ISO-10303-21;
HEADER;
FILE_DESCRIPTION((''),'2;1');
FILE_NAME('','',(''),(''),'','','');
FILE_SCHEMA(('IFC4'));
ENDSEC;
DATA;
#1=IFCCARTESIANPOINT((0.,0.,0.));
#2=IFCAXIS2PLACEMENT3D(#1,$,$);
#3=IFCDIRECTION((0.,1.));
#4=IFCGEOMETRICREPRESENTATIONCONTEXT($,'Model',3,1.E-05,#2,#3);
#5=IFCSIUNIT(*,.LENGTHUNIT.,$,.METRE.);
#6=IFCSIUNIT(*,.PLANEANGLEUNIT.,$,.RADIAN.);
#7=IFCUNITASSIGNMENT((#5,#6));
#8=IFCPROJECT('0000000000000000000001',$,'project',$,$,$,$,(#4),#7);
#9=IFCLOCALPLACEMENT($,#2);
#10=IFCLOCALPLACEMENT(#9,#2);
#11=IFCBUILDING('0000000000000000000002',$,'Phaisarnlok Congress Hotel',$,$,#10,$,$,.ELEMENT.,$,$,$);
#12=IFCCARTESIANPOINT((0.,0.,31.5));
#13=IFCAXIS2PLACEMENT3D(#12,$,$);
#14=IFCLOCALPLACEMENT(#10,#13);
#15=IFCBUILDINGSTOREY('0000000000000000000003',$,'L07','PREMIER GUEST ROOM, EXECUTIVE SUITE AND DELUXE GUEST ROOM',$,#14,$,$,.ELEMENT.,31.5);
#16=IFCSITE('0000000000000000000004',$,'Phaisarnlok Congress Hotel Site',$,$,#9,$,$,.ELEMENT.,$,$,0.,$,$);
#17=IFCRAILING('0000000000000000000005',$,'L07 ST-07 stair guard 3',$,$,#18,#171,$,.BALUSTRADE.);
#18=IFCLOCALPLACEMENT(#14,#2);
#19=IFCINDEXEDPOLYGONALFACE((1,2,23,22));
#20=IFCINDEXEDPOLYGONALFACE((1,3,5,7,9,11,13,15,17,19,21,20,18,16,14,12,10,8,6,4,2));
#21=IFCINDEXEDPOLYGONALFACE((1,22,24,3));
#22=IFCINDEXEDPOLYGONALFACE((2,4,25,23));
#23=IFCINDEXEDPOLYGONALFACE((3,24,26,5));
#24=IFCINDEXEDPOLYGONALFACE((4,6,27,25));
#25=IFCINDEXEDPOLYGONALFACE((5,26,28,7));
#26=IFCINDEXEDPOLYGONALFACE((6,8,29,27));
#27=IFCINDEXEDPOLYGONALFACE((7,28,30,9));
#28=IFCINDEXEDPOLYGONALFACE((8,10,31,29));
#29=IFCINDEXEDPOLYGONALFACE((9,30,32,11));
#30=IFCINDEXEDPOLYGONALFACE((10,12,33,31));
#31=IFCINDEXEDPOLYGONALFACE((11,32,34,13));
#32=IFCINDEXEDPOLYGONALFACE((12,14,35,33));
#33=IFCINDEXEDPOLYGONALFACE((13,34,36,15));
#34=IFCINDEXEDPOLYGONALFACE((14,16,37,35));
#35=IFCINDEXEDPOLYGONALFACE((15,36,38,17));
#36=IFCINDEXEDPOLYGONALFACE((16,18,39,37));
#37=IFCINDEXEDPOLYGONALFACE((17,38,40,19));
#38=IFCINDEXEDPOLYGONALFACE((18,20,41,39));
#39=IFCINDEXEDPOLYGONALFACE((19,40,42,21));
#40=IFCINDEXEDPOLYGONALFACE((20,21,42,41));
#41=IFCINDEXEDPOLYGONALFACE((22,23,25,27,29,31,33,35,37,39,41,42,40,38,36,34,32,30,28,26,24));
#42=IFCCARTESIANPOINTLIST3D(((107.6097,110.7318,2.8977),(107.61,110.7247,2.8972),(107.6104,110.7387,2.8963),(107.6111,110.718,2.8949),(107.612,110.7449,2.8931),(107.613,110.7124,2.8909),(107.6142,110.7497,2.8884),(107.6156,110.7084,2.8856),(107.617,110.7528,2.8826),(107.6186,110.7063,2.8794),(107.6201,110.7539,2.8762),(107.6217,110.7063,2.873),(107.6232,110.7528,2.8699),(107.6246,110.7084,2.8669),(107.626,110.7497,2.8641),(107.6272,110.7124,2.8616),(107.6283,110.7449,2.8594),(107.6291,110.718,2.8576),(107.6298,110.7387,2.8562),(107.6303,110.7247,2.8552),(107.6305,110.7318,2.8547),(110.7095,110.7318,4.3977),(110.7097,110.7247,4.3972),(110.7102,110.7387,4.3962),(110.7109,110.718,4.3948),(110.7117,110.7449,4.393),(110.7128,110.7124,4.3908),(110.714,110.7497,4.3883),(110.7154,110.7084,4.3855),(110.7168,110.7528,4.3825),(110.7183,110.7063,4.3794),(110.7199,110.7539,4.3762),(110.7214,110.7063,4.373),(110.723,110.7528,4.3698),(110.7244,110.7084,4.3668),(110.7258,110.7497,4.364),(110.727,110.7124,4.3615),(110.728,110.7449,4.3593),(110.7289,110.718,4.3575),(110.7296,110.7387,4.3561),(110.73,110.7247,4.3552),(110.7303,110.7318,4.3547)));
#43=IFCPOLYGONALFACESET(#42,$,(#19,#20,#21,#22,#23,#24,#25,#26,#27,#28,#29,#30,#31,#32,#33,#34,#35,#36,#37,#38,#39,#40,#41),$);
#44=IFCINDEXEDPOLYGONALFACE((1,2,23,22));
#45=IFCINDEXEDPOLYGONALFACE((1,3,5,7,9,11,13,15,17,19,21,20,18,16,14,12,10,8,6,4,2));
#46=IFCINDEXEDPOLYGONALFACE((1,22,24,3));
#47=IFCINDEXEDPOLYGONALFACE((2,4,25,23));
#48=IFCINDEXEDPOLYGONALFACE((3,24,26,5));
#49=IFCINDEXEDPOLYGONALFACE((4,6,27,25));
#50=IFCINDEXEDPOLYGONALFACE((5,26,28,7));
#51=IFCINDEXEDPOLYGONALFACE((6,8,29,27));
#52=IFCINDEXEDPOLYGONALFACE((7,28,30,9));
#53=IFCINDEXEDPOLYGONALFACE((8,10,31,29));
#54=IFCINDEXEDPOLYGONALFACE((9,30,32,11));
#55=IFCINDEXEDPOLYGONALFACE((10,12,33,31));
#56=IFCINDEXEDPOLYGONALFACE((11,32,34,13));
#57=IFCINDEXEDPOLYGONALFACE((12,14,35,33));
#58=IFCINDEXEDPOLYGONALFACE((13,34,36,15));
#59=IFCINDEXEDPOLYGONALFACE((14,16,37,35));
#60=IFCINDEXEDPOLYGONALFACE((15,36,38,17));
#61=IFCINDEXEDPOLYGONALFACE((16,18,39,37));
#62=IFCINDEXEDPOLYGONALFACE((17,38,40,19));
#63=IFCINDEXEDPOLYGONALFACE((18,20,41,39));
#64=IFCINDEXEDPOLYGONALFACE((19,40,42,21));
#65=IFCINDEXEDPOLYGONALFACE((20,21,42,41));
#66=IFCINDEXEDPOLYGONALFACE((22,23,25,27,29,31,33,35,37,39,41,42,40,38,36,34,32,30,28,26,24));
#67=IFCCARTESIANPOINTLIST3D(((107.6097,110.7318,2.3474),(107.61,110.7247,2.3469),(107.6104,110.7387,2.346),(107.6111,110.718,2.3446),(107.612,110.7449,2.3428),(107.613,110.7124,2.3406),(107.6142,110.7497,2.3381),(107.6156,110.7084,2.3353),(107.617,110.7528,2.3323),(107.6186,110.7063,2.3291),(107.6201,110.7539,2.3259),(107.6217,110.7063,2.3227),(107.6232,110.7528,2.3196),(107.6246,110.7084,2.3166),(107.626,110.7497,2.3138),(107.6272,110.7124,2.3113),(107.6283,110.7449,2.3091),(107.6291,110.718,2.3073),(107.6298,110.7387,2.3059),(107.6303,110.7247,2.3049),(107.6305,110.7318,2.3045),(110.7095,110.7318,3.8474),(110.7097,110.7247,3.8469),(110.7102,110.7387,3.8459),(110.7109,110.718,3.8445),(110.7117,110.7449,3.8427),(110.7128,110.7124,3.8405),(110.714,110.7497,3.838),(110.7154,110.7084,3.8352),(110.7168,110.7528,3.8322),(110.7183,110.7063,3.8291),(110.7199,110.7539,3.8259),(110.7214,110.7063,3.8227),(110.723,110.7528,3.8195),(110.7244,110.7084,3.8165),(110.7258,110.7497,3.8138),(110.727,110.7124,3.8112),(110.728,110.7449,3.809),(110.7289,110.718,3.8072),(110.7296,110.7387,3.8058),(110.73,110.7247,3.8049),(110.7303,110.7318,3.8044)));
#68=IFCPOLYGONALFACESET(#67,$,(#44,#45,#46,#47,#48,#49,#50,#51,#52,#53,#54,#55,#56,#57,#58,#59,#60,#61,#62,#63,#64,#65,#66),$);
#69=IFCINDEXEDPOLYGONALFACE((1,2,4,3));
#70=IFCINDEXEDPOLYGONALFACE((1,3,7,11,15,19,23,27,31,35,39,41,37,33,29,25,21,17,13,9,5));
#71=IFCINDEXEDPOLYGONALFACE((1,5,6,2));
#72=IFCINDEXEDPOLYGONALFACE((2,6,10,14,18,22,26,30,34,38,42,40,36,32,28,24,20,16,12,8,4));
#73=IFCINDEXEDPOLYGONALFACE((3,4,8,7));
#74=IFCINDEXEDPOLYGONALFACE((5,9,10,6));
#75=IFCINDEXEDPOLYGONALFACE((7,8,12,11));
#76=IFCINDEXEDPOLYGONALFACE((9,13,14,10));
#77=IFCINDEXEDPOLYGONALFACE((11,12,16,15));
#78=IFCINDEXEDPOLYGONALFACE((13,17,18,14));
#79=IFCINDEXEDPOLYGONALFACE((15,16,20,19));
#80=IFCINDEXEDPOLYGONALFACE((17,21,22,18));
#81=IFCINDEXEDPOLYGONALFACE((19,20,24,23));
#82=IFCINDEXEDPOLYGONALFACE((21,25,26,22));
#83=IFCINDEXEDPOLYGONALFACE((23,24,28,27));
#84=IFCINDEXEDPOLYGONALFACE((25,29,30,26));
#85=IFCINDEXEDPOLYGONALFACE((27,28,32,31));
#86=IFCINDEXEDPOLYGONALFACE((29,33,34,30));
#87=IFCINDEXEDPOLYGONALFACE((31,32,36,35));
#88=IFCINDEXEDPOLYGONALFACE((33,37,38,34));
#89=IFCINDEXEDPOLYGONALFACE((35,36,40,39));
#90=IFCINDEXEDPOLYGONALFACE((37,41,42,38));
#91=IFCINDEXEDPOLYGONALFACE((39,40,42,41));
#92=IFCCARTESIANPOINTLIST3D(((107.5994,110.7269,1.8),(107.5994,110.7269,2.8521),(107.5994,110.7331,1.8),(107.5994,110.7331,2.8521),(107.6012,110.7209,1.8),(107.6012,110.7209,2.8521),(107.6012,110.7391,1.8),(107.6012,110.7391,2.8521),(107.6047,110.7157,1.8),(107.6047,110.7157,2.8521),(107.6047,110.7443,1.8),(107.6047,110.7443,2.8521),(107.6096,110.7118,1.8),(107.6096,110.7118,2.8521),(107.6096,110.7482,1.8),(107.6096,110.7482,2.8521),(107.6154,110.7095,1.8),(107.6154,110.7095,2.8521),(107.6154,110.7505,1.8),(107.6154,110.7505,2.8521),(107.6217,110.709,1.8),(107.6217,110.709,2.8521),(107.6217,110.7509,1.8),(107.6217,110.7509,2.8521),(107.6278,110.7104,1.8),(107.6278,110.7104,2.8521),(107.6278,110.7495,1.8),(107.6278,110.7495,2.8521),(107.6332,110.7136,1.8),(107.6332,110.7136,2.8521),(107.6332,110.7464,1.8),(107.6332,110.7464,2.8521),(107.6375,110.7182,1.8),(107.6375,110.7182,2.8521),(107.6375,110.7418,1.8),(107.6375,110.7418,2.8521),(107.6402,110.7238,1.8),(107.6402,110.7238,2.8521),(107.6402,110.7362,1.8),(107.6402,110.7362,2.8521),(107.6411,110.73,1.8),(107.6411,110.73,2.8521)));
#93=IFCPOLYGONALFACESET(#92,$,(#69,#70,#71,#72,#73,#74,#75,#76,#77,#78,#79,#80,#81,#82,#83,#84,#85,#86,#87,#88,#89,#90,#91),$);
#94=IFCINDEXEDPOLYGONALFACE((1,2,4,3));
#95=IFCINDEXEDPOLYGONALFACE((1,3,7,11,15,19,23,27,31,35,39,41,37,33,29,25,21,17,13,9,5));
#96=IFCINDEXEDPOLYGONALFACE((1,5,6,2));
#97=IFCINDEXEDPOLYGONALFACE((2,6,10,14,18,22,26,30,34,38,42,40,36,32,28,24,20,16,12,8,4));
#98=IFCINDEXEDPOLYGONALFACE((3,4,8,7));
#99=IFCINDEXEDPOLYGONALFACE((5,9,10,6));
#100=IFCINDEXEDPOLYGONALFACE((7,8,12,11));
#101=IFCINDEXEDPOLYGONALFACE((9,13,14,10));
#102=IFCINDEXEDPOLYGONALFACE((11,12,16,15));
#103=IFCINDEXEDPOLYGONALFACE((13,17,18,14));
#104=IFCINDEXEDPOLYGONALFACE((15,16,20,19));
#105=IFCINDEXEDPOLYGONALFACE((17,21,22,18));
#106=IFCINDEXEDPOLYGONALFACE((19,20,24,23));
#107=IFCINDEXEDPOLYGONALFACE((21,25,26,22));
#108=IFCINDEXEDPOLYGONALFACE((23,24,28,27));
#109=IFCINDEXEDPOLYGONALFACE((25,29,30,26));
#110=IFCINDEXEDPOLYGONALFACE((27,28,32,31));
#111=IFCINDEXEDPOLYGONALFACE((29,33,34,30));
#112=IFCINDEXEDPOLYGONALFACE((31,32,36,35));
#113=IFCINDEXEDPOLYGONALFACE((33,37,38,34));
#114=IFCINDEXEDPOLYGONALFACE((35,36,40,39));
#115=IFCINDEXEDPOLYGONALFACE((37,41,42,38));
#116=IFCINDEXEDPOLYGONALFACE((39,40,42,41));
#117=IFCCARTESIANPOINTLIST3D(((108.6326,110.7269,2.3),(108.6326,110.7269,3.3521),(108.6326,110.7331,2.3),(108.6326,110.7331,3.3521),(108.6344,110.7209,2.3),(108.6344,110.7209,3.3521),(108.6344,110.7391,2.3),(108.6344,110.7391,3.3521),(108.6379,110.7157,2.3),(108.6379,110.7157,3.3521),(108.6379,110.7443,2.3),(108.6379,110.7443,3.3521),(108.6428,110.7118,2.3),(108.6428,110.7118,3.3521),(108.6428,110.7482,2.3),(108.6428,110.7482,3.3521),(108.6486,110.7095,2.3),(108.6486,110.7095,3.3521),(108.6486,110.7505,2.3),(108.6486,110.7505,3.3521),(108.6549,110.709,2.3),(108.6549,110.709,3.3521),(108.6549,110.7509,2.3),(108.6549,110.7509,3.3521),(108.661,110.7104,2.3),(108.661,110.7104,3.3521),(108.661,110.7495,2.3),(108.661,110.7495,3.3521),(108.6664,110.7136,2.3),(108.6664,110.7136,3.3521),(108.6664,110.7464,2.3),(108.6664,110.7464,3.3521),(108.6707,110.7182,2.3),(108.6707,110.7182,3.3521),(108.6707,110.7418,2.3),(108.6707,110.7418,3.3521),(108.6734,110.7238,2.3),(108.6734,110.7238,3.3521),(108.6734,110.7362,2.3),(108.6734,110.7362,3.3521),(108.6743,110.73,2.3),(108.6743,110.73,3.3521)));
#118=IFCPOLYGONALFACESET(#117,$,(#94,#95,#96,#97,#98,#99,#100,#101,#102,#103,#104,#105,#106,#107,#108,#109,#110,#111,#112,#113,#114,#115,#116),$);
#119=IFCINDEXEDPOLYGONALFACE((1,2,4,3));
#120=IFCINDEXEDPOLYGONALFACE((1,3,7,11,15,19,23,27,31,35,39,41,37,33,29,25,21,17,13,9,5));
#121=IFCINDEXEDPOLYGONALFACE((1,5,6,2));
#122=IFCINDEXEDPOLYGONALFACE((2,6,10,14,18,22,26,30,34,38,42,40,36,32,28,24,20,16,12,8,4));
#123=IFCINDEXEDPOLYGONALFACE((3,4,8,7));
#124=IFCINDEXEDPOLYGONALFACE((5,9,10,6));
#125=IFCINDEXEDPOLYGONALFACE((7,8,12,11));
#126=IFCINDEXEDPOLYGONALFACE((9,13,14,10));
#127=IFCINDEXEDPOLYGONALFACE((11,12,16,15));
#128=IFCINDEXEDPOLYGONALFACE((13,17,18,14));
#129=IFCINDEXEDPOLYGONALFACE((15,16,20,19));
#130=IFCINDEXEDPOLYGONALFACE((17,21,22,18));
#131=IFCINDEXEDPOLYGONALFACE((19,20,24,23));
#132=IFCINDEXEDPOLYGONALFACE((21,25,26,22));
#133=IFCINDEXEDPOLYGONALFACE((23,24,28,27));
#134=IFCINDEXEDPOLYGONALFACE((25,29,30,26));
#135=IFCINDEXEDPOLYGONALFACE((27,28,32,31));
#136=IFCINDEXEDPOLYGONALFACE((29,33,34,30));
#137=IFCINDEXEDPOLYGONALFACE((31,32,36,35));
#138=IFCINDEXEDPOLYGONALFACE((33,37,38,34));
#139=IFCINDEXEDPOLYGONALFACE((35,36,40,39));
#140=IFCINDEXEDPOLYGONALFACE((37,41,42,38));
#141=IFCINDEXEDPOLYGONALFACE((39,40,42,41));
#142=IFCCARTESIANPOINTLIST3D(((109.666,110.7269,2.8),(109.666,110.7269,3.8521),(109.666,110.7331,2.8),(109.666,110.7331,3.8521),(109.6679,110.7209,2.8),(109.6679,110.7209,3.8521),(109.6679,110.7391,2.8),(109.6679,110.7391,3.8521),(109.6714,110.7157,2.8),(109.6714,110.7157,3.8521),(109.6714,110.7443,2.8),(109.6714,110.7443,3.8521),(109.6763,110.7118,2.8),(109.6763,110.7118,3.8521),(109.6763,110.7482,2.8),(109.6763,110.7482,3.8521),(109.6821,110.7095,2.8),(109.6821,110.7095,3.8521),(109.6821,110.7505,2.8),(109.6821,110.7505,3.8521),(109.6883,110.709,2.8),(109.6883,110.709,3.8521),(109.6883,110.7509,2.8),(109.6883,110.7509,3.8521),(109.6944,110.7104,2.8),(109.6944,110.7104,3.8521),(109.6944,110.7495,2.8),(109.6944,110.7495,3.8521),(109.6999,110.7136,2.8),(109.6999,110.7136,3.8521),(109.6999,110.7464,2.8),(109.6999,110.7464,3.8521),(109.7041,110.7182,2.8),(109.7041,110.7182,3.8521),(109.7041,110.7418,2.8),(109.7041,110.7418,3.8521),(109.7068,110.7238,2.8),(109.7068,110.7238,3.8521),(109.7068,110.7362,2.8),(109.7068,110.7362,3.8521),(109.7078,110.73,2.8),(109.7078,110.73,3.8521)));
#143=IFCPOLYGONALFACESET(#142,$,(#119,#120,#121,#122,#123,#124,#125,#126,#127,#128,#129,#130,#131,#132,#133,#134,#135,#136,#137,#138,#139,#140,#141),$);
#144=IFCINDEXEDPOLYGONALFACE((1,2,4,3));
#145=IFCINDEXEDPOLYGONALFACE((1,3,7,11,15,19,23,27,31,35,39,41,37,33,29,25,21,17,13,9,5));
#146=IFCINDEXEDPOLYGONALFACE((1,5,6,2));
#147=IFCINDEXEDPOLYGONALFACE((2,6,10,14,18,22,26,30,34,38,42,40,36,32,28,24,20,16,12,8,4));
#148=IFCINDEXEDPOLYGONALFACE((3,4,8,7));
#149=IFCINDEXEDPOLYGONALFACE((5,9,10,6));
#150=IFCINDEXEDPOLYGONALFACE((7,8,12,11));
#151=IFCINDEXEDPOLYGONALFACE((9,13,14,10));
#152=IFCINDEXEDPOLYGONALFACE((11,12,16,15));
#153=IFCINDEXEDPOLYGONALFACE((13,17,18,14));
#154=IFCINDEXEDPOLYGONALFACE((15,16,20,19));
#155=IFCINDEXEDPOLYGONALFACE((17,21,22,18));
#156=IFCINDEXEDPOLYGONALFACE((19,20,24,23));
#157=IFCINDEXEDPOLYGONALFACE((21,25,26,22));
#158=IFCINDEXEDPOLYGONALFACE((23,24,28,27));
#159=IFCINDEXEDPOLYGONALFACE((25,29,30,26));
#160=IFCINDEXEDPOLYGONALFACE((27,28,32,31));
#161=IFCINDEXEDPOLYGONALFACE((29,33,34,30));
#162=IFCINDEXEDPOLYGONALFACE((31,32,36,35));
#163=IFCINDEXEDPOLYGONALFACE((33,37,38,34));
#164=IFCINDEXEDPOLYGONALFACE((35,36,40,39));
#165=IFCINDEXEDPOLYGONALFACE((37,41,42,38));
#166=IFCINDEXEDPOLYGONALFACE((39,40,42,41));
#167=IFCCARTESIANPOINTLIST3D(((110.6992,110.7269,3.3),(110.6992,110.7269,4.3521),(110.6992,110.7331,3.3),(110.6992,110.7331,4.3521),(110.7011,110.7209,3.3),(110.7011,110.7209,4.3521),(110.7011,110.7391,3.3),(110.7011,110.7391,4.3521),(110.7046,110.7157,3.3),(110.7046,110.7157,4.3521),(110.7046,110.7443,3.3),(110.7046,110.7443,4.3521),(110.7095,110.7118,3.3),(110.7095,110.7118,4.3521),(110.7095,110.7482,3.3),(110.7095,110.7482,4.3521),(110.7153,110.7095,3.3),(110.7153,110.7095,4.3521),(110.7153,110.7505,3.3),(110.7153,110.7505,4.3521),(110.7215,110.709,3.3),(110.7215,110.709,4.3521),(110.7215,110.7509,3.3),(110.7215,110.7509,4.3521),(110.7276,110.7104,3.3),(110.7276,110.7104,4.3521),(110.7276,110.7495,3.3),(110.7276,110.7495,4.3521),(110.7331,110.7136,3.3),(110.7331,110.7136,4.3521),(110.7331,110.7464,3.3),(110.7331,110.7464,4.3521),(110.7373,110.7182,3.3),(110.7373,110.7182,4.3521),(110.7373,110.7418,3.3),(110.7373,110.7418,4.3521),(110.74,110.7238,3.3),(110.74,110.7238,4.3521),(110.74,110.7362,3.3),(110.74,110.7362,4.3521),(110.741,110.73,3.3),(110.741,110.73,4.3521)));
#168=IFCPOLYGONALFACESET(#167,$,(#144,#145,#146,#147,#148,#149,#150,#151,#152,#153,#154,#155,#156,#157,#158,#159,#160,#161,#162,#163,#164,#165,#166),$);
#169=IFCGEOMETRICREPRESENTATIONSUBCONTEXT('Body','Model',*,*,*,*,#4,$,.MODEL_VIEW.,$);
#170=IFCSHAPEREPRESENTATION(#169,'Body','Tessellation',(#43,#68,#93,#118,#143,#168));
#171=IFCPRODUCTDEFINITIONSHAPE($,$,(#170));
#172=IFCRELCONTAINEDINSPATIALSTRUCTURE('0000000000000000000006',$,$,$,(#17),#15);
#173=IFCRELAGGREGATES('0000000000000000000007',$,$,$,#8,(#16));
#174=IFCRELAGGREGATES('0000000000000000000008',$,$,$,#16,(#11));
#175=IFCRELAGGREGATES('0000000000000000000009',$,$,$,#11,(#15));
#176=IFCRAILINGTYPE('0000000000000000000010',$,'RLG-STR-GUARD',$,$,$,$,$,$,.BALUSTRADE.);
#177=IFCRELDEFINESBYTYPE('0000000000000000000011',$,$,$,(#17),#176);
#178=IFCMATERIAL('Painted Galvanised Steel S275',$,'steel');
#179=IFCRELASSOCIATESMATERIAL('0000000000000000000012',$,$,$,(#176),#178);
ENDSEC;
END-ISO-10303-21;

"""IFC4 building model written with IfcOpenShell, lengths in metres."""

from ifc_helpers import new_model, si_unit, direction, frame, origin, origin_2d, place, context, subcontext, project, spatial, circle, extrude, material, type_object, element, save


model = new_model("IFC4")

# Units and contexts
model_context = context("Model", 3, precision=1e-05, world=origin(), true_north=direction((0.0, 1.0)))
body_context = subcontext(model_context, "Body", "Model", "MODEL_VIEW")
ifc_project = project(units=[si_unit("LENGTHUNIT", "METRE"), si_unit("PLANEANGLEUNIT", "RADIAN")], contexts=[model_context])

# Site, building, storey
site_placement = place(None, origin())
site = spatial("IfcSite", under=ifc_project, at=site_placement, Name="Phaisarnlok Congress Hotel Site", CompositionType="ELEMENT", RefElevation=0.0)
building_placement = place(site_placement, origin())
building = spatial("IfcBuilding", under=site, at=building_placement, Name="Phaisarnlok Congress Hotel", CompositionType="ELEMENT")
storey_placement = place(building_placement, frame((0.0, 0.0, 31.5)))
storey = spatial("IfcBuildingStorey", under=building, at=storey_placement, Name="L07", Description="PREMIER GUEST ROOM, EXECUTIVE SUITE AND DELUXE GUEST ROOM", CompositionType="ELEMENT", Elevation=31.5)

# Railing
ifc_material_1 = material(Name="Painted Galvanised Steel S275", Category="steel")
railing_type_1 = type_object("IfcRailingType", Name="RLG-STR-GUARD", PredefinedType="BALUSTRADE", material=ifc_material_1)
railing_1_placement = place(storey_placement, frame((107.6201, 110.73, 1.8)))
element("IfcRailing", 1, at=railing_1_placement, inside=storey, type_object=railing_type_1, Name="L07 ST-07 stair guard 3", PredefinedType="BALUSTRADE", context=body_context, shape_type="SweptSolid", body=[
    extrude(circle(Radius=0.0239, at=origin_2d()), frame((0.0, 0.0, 1.0762), z_axis=(0.900151, 0.0, 0.435578), x_axis=(0.0, 1.0, 0.0)), (0.0, 0.0, 1.0), 3.4436),
    extrude(circle(Radius=0.0239, at=origin_2d()), frame((0.0, 0.0, 0.5259), z_axis=(0.900151, 0.0, 0.435578), x_axis=(0.0, 1.0, 0.0)), (0.0, 0.0, 1.0), 3.4436),
    extrude(circle(Radius=0.021, at=origin_2d()), origin(), (0.0, 0.0, 1.0), 1.052),
    extrude(circle(Radius=0.021, at=origin_2d()), frame((1.0332, 0.0, 0.5)), (0.0, 0.0, 1.0), 1.052),
    extrude(circle(Radius=0.021, at=origin_2d()), frame((2.0667, 0.0, 1.0)), (0.0, 0.0, 1.0), 1.052),
    extrude(circle(Radius=0.021, at=origin_2d()), frame((3.0999, 0.0, 1.5)), (0.0, 0.0, 1.0), 1.052),
])

save(model, "model.ifc")
